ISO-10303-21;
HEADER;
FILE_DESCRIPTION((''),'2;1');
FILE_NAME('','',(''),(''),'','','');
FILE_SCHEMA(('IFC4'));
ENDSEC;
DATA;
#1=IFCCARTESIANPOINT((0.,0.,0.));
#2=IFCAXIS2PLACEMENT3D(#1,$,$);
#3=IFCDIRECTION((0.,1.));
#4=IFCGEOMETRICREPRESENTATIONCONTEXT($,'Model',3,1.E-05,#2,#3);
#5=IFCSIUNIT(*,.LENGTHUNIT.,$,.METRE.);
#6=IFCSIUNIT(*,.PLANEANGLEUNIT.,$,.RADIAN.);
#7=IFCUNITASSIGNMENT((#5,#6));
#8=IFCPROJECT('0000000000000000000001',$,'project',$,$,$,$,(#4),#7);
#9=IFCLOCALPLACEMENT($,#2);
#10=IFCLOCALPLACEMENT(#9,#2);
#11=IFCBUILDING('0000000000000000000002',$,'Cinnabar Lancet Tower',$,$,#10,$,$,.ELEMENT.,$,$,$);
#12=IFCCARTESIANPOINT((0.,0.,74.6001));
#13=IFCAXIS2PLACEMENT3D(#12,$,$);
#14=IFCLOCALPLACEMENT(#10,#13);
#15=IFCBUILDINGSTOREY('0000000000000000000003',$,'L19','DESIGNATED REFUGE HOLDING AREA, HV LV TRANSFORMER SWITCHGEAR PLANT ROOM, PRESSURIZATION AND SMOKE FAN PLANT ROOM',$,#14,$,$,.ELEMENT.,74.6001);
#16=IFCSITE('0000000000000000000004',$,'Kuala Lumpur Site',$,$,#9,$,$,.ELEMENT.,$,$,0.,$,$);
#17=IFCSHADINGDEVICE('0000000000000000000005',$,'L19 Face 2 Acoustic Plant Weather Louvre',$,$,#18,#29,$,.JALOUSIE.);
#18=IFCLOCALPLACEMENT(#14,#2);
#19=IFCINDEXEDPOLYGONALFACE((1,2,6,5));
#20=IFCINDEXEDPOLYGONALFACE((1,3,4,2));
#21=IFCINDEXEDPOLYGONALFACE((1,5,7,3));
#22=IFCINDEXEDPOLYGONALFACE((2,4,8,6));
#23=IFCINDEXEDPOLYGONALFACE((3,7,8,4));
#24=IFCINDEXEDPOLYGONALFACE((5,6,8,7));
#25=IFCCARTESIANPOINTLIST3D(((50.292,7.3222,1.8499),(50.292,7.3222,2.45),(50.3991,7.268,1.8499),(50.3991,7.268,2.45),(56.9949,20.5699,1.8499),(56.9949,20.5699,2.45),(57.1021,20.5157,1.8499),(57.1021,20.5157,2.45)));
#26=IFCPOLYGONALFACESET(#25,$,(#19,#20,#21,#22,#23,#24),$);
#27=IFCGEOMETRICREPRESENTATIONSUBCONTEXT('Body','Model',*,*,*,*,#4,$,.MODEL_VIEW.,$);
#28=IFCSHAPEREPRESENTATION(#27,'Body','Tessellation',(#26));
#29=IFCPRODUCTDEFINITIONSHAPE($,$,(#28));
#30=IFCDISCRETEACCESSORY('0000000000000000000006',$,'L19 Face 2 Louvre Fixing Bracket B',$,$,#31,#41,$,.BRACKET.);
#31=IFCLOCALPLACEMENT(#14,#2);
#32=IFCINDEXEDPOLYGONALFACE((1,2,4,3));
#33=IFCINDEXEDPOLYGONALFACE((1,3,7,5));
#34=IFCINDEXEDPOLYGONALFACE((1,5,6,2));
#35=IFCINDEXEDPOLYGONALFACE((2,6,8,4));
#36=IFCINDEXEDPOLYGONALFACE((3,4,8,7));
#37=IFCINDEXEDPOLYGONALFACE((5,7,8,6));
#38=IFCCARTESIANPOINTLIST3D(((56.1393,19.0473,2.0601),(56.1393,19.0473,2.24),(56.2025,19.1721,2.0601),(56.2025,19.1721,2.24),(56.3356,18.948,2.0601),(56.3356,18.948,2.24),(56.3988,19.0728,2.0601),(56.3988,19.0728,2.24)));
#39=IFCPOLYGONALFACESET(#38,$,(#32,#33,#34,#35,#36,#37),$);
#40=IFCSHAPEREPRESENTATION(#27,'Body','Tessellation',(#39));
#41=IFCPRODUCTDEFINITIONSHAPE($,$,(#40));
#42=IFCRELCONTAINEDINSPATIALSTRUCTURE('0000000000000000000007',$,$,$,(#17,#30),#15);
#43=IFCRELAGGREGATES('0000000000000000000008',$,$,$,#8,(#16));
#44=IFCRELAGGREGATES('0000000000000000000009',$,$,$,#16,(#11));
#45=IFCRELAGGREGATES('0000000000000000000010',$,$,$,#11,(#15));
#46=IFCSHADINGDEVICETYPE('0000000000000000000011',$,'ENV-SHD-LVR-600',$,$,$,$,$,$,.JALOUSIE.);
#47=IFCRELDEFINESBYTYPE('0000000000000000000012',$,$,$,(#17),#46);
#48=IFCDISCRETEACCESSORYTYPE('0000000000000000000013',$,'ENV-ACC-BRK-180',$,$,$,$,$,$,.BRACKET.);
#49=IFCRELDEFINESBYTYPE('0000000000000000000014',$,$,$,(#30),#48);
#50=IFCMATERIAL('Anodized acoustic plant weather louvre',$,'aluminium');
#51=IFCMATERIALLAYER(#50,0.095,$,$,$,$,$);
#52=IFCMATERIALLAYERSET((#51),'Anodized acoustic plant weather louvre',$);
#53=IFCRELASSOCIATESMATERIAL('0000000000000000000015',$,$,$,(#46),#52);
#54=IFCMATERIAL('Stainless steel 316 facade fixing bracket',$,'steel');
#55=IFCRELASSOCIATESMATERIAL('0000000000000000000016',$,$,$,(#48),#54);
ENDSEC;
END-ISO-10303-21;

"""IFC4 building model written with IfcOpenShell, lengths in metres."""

from ifc_helpers import new_model, si_unit, direction, frame, origin, origin_2d, place, context, subcontext, project, spatial, rectangle, extrude, material, layer, layer_set, type_object, element, save


model = new_model("IFC4")

# Units and contexts
model_context = context("Model", 3, precision=1e-05, world=origin(), true_north=direction((0.0, 1.0)))
body_context = subcontext(model_context, "Body", "Model", "MODEL_VIEW")
ifc_project = project(units=[si_unit("LENGTHUNIT", "METRE"), si_unit("PLANEANGLEUNIT", "RADIAN")], contexts=[model_context])

# Site, building, storey
site_placement = place(None, origin())
site = spatial("IfcSite", under=ifc_project, at=site_placement, Name="Kuala Lumpur Site", CompositionType="ELEMENT", RefElevation=0.0)
building_placement = place(site_placement, origin())
building = spatial("IfcBuilding", under=site, at=building_placement, Name="Cinnabar Lancet Tower", CompositionType="ELEMENT")
storey_placement = place(building_placement, frame((0.0, 0.0, 74.6001)))
storey = spatial("IfcBuildingStorey", under=building, at=storey_placement, Name="L19", Description="DESIGNATED REFUGE HOLDING AREA, HV LV TRANSFORMER SWITCHGEAR PLANT ROOM, PRESSURIZATION AND SMOKE FAN PLANT ROOM", CompositionType="ELEMENT", Elevation=74.6001)

# Shading device
ifc_material_1 = material(Name="Anodized acoustic plant weather louvre", Category="aluminium")
ifc_layer_1 = layer(ifc_material_1, 0.095)
ifc_layer_set_1 = layer_set([ifc_layer_1], Name="Anodized acoustic plant weather louvre")
shading_device_type = type_object("IfcShadingDeviceType", Name="ENV-SHD-LVR-600", PredefinedType="JALOUSIE", material=ifc_layer_set_1)
shading_device_placement = place(storey_placement, frame((53.697, 13.9189, 1.8499), z_axis=(0.0, 0.0, 1.0), x_axis=(0.451469, 0.892287, 0.0)))
element("IfcShadingDevice", 1, at=shading_device_placement, inside=storey, type_object=shading_device_type, Name="L19 Face 2 Acoustic Plant Weather Louvre", PredefinedType="JALOUSIE", context=body_context, shape_type="SweptSolid", body=[
    extrude(rectangle(XDim=14.8469, YDim=0.1201, at=origin_2d()), origin(), (0.0, 0.0, 1.0), 0.6001),
])

# Discrete accessory
ifc_material_2 = material(Name="Stainless steel 316 facade fixing bracket", Category="steel")
discrete_accessory_type = type_object("IfcDiscreteAccessoryType", Name="ENV-ACC-BRK-180", PredefinedType="BRACKET", material=ifc_material_2)
discrete_accessory_placement = place(storey_placement, frame((56.269, 19.0601, 2.0601), z_axis=(0.0, 0.0, 1.0), x_axis=(0.451469, 0.892287, 0.0)))
element("IfcDiscreteAccessory", 2, at=discrete_accessory_placement, inside=storey, type_object=discrete_accessory_type, Name="L19 Face 2 Louvre Fixing Bracket B", PredefinedType="BRACKET", context=body_context, shape_type="SweptSolid", body=[
    extrude(rectangle(XDim=0.1399, YDim=0.22, at=origin_2d()), origin(), (0.0, 0.0, 1.0), 0.1799),
])

save(model, "model.ifc")
